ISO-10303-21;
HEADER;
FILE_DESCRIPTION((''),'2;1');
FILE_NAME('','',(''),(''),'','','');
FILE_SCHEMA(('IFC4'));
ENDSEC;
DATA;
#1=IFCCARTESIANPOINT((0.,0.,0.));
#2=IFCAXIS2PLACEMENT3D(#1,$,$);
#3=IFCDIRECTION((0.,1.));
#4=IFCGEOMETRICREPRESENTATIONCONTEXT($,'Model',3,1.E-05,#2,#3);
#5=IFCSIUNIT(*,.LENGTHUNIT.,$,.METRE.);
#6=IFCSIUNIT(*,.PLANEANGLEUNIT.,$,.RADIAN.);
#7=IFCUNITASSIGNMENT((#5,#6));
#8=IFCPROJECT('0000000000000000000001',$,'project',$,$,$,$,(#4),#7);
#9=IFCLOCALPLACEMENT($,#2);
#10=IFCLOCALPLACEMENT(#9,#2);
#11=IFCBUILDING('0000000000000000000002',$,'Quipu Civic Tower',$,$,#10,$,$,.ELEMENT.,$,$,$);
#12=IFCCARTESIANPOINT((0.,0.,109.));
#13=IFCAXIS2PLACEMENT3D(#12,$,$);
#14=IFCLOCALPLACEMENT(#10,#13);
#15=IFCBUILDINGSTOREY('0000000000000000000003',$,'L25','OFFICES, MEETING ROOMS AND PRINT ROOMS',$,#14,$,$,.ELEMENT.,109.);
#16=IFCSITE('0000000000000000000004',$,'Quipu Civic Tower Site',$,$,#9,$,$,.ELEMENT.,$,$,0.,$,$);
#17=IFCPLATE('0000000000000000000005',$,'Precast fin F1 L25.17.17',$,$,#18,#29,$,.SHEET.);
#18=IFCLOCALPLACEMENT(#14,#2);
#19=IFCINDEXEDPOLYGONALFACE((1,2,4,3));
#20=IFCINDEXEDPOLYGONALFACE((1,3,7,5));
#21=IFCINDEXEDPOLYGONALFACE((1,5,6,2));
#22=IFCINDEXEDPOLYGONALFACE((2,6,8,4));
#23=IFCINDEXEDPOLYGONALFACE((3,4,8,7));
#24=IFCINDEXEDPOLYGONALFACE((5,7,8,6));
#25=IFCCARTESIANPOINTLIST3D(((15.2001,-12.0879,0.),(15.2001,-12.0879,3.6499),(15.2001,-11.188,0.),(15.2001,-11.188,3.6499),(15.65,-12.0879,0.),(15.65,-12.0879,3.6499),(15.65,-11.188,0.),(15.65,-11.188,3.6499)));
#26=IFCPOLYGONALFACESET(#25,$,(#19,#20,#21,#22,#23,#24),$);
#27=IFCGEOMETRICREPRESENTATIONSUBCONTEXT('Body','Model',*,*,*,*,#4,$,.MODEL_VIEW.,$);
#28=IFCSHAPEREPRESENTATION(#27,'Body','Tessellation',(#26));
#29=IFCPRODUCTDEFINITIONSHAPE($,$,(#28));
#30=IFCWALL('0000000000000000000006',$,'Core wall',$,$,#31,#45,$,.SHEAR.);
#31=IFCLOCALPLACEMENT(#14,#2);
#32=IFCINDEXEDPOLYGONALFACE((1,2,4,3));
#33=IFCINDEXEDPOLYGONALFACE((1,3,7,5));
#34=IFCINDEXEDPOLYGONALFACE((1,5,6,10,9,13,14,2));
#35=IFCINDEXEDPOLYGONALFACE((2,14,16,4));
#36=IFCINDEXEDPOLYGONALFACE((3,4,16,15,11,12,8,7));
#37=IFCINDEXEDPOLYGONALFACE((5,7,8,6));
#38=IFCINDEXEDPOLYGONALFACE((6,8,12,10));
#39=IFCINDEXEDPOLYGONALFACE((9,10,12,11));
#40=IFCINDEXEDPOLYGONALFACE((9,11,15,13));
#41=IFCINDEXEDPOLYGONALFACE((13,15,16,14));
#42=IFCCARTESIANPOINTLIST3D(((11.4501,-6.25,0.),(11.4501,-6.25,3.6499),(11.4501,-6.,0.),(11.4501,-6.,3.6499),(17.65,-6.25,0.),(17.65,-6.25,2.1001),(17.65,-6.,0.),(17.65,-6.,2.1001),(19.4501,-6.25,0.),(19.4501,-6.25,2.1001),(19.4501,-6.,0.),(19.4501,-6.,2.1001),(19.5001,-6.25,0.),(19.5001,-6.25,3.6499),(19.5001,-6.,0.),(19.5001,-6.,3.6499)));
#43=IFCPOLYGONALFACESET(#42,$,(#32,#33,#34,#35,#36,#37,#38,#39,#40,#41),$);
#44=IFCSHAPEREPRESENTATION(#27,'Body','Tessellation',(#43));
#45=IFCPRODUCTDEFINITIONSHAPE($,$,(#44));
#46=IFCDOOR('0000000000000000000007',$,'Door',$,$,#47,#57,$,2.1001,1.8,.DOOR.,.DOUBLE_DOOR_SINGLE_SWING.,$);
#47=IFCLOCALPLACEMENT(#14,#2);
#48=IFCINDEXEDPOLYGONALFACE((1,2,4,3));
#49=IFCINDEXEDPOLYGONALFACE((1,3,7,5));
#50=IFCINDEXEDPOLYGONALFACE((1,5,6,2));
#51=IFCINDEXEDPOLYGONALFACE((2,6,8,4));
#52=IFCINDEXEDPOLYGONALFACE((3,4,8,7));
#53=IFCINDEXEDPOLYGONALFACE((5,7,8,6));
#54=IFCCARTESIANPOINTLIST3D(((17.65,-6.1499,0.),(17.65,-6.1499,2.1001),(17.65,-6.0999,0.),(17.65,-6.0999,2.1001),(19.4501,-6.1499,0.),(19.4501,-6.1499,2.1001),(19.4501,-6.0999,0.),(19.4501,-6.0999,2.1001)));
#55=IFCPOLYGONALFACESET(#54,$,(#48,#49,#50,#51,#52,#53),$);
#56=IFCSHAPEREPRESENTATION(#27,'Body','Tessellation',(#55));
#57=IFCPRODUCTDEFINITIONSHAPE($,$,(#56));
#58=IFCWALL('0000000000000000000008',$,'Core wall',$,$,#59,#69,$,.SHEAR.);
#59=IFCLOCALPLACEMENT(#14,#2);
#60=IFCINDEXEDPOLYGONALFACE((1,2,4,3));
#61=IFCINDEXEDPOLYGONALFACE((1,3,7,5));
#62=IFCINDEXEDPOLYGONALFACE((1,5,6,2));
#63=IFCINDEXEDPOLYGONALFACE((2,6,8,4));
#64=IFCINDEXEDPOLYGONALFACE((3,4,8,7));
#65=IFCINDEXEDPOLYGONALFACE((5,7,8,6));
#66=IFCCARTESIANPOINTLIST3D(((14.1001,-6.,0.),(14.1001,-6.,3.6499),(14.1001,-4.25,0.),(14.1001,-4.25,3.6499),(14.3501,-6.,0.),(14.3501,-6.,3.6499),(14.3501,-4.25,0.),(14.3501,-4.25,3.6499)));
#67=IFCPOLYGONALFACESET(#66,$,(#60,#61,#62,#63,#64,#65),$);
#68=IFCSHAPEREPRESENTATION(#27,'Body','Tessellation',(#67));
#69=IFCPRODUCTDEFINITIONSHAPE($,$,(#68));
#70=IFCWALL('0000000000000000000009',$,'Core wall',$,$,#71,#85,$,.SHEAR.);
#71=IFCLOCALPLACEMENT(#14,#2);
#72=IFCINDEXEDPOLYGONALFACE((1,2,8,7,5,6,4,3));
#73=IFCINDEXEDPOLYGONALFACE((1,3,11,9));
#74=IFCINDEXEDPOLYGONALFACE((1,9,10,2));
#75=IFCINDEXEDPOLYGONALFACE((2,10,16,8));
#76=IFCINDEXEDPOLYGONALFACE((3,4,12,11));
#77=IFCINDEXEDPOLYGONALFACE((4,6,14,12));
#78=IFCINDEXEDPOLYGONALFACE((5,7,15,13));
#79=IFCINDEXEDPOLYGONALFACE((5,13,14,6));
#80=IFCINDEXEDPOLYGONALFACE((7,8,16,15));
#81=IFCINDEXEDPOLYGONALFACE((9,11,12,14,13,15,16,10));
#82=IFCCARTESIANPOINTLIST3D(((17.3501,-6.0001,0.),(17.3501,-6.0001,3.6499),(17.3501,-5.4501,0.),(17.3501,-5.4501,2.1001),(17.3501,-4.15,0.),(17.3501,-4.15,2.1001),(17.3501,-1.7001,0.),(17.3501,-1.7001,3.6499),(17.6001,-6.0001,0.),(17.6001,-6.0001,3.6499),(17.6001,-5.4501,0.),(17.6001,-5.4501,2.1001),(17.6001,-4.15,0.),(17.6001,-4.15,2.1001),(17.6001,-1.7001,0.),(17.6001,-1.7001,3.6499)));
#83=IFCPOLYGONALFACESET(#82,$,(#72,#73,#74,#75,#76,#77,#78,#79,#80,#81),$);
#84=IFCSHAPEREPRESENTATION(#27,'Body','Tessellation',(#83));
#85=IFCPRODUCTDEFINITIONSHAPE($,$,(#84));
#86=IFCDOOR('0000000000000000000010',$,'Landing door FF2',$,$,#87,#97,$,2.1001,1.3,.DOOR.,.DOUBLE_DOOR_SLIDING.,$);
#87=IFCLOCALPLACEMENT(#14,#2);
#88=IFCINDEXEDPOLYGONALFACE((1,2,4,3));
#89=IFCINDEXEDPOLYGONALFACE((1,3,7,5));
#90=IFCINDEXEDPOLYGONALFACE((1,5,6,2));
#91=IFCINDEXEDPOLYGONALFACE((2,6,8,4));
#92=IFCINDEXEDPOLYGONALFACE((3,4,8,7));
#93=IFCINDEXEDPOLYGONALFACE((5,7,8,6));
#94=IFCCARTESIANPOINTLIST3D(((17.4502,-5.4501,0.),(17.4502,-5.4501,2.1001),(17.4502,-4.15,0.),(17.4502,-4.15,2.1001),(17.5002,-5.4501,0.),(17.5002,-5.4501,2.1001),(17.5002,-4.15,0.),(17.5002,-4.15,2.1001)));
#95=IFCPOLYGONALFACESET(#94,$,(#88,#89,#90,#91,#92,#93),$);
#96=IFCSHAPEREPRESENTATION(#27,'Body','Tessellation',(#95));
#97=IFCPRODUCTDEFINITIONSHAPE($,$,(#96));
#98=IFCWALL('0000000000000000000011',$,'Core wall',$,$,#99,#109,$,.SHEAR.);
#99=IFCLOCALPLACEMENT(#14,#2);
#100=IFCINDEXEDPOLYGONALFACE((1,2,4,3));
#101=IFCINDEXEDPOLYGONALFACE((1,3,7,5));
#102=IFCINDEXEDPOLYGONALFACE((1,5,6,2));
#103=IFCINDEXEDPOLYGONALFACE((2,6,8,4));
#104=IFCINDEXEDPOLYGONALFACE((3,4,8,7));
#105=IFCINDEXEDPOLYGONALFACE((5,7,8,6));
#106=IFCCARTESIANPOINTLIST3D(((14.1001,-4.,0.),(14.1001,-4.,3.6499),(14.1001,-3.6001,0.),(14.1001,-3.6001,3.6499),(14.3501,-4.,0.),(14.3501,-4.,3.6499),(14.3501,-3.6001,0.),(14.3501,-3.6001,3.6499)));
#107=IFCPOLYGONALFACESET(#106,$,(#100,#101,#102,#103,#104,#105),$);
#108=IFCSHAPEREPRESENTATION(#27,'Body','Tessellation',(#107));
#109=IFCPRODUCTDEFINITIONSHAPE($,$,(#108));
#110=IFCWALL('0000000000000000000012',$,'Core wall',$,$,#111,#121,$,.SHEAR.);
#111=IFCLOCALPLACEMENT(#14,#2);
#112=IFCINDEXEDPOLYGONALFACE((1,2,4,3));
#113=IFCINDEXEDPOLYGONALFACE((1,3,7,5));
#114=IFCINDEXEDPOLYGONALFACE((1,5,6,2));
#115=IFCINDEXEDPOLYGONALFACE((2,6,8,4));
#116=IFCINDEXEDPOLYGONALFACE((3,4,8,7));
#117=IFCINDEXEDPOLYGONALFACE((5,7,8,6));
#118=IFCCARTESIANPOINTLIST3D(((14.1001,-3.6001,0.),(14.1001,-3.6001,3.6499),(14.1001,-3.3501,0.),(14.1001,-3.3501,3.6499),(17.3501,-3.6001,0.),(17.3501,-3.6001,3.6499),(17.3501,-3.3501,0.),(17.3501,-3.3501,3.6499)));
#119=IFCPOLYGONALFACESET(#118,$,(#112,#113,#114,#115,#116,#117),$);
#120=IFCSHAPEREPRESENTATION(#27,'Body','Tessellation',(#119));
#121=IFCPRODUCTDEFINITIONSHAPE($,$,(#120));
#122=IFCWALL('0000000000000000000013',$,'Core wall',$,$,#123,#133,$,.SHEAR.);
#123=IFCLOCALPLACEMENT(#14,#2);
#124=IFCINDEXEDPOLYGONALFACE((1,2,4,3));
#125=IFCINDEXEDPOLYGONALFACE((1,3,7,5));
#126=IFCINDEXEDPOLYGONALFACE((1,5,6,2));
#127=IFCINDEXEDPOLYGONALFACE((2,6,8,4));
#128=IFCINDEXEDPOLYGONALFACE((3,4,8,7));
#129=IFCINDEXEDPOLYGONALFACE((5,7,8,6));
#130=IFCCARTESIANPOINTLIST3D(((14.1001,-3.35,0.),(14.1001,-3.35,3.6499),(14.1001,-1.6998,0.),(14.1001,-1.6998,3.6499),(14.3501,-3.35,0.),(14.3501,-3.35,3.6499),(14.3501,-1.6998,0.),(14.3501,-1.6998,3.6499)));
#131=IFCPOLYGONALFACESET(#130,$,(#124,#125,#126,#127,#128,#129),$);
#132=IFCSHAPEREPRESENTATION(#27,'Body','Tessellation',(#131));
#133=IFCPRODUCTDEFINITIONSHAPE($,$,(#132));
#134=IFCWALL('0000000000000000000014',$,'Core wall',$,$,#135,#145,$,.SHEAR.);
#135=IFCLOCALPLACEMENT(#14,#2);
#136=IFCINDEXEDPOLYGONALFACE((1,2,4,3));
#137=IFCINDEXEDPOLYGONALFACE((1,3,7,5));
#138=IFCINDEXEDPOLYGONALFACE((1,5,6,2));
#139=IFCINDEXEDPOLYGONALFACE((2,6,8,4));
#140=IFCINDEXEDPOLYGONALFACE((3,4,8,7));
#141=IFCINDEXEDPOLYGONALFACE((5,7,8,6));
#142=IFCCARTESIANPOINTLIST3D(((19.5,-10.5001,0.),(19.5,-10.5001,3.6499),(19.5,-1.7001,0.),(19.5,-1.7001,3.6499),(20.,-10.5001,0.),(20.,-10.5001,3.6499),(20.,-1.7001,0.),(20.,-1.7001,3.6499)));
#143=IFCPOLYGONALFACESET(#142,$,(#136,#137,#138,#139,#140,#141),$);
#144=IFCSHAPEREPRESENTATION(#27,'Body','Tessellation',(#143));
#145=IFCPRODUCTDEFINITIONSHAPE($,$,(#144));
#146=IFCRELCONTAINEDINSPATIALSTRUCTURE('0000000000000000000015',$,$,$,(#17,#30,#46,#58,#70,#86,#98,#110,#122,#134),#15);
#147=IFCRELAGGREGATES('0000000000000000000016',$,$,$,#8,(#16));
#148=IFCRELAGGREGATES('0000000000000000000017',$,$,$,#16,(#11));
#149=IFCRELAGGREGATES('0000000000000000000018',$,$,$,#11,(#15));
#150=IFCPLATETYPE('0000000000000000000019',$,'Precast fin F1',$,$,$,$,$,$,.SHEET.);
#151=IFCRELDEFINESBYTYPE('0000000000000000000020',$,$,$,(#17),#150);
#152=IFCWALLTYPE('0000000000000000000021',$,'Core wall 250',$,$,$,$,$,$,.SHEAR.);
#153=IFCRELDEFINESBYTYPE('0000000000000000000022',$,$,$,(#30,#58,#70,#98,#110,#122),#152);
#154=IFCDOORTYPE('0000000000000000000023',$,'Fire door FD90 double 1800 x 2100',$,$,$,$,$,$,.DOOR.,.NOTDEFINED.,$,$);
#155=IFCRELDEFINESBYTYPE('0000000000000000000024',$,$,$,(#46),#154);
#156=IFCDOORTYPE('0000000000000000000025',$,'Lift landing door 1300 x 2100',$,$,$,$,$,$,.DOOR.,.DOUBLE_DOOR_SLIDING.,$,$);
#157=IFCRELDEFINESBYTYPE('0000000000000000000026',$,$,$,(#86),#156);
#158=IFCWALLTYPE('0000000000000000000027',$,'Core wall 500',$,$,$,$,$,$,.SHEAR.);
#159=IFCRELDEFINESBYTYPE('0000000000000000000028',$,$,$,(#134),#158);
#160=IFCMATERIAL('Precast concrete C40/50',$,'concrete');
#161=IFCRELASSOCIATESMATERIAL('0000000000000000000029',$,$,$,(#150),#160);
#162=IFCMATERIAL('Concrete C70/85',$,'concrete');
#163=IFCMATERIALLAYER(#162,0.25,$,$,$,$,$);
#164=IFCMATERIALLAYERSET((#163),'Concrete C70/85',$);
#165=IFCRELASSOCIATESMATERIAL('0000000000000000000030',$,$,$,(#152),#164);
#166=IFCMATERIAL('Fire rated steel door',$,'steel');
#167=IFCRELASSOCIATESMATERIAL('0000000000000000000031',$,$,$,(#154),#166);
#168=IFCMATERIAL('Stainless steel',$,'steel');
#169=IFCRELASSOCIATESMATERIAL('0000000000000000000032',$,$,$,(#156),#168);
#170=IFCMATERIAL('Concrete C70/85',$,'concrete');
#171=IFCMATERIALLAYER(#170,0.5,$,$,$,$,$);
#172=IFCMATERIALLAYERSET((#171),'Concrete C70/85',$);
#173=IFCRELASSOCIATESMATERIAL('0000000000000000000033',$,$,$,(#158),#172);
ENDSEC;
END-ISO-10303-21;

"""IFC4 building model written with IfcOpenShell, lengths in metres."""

from ifc_helpers import new_model, si_unit, direction, frame, frame_2d, origin, origin_2d, place, context, subcontext, project, spatial, rectangle, extrude, material, layer, layer_set, type_object, element, fill, save


model = new_model("IFC4")

# Units and contexts
model_context = context("Model", 3, precision=1e-05, world=origin(), true_north=direction((0.0, 1.0)))
body_context = subcontext(model_context, "Body", "Model", "MODEL_VIEW")
ifc_project = project(units=[si_unit("LENGTHUNIT", "METRE"), si_unit("PLANEANGLEUNIT", "RADIAN")], contexts=[model_context])

# Site, building, storey
site_placement = place(None, origin())
site = spatial("IfcSite", under=ifc_project, at=site_placement, Name="Quipu Civic Tower Site", CompositionType="ELEMENT", RefElevation=0.0)
building_placement = place(site_placement, origin())
building = spatial("IfcBuilding", under=site, at=building_placement, Name="Quipu Civic Tower", CompositionType="ELEMENT")
storey_placement = place(building_placement, frame((0.0, 0.0, 109.0)))
storey = spatial("IfcBuildingStorey", under=building, at=storey_placement, Name="L25", Description="OFFICES, MEETING ROOMS AND PRINT ROOMS", CompositionType="ELEMENT", Elevation=109.0)

# Plate
ifc_material_1 = material(Name="Precast concrete C40/50", Category="concrete")
plate_type = type_object("IfcPlateType", Name="Precast fin F1", PredefinedType="SHEET", material=ifc_material_1)
plate_placement = place(storey_placement, frame((15.425, -11.6379, 0.0), z_axis=(0.0, 0.0, 1.0), x_axis=(1.0, 0.0, 0.0)))
element("IfcPlate", 1, at=plate_placement, inside=storey, type_object=plate_type, Name="Precast fin F1 L25.17.17", PredefinedType="SHEET", context=body_context, shape_type="SweptSolid", body=[
    extrude(rectangle(XDim=0.45, YDim=0.8999, at=origin_2d()), origin(), (0.0, 0.0, 1.0), 3.6499),
])

# Wall, opening, door
ifc_material_2 = material(Name="Concrete C70/85", Category="concrete")
ifc_layer_1 = layer(ifc_material_2, 0.25)
ifc_layer_set_1 = layer_set([ifc_layer_1], Name="Concrete C70/85")
wall_type_1 = type_object("IfcWallType", Name="Core wall 250", PredefinedType="SHEAR", material=ifc_layer_set_1)
wall_1_placement = place(storey_placement, frame((19.5, -6.125, 0.0), z_axis=(0.0, 0.0, 1.0), x_axis=(-1.0, 0.0, 0.0)))
wall_1 = element("IfcWall", 2, at=wall_1_placement, inside=storey, type_object=wall_type_1, Name="Core wall", PredefinedType="SHEAR", context=body_context, shape_type="SweptSolid", body=[
    extrude(rectangle(XDim=8.05, YDim=0.25, at=frame_2d((4.0249, 0.0))), origin(), (0.0, 0.0, 1.0), 3.6499),
])
opening_1_placement = place(wall_1_placement, frame((0.05, 0.0, 0.0)))
opening_1 = element("IfcOpeningElement", 3, at=opening_1_placement, cuts=wall_1, PredefinedType="OPENING", context=body_context, shape_type="SweptSolid", body=[
    extrude(rectangle(XDim=1.8, YDim=2.1001, at=frame_2d((0.8999, 1.05))), frame((0.0, 0.135, 0.0), z_axis=(0.0, -1.0, 0.0), x_axis=(1.0, 0.0, 0.0)), (0.0, 0.0, 1.0), 0.27),
])
ifc_material_3 = material(Name="Fire rated steel door", Category="steel")
door_type_1 = type_object("IfcDoorType", Name="Fire door FD90 double 1800 x 2100", OperationType="NOTDEFINED", PredefinedType="DOOR", material=ifc_material_3)
door_1_placement = place(opening_1_placement, origin())
door_1 = element("IfcDoor", 4, at=door_1_placement, inside=storey, type_object=door_type_1, Name="Door", OperationType="DOUBLE_DOOR_SINGLE_SWING", OverallHeight=2.1001, OverallWidth=1.8, PredefinedType="DOOR", context=body_context, shape_type="SweptSolid", body=[
    extrude(rectangle(XDim=1.8, YDim=2.1001, at=frame_2d((0.8999, 1.05))), frame((0.0, 0.0249, 0.0), z_axis=(0.0, -1.0, 0.0), x_axis=(1.0, 0.0, 0.0)), (0.0, 0.0, 1.0), 0.05),
])
fill(opening_1, door_1)

# Wall
wall_2_placement = place(storey_placement, frame((14.2251, -6.0, 0.0), z_axis=(0.0, 0.0, 1.0), x_axis=(0.0, 1.0, 0.0)))
element("IfcWall", 5, at=wall_2_placement, inside=storey, type_object=wall_type_1, Name="Core wall", PredefinedType="SHEAR", context=body_context, shape_type="SweptSolid", body=[
    extrude(rectangle(XDim=1.75, YDim=0.25, at=frame_2d((0.875, 0.0))), origin(), (0.0, 0.0, 1.0), 3.6499),
])

# Wall, opening, door
wall_3_placement = place(storey_placement, frame((17.4751, -6.0, 0.0), z_axis=(0.0, 0.0, 1.0), x_axis=(0.0, 1.0, 0.0)))
wall_3 = element("IfcWall", 6, at=wall_3_placement, inside=storey, type_object=wall_type_1, Name="Core wall", PredefinedType="SHEAR", context=body_context, shape_type="SweptSolid", body=[
    extrude(rectangle(XDim=4.3, YDim=0.25, at=frame_2d((2.1499, 0.0))), origin(), (0.0, 0.0, 1.0), 3.6499),
])
opening_2_placement = place(wall_3_placement, frame((0.55, 0.0, 0.0)))
opening_2 = element("IfcOpeningElement", 7, at=opening_2_placement, cuts=wall_3, PredefinedType="OPENING", context=body_context, shape_type="SweptSolid", body=[
    extrude(rectangle(XDim=1.3, YDim=2.1001, at=frame_2d((0.6499, 1.05))), frame((0.0, 0.135, 0.0), z_axis=(0.0, -1.0, 0.0), x_axis=(1.0, 0.0, 0.0)), (0.0, 0.0, 1.0), 0.27),
])
ifc_material_4 = material(Name="Stainless steel", Category="steel")
door_type_2 = type_object("IfcDoorType", Name="Lift landing door 1300 x 2100", OperationType="DOUBLE_DOOR_SLIDING", PredefinedType="DOOR", material=ifc_material_4)
door_2_placement = place(opening_2_placement, origin())
door_2 = element("IfcDoor", 8, at=door_2_placement, inside=storey, type_object=door_type_2, Name="Landing door FF2", OperationType="DOUBLE_DOOR_SLIDING", OverallHeight=2.1001, OverallWidth=1.3, PredefinedType="DOOR", context=body_context, shape_type="SweptSolid", body=[
    extrude(rectangle(XDim=1.3, YDim=2.1001, at=frame_2d((0.6499, 1.05))), frame((0.0, 0.0249, 0.0), z_axis=(0.0, -1.0, 0.0), x_axis=(1.0, 0.0, 0.0)), (0.0, 0.0, 1.0), 0.05),
])
fill(opening_2, door_2)

# Walls
wall_4_placement = place(storey_placement, frame((14.2251, -4.0, 0.0), z_axis=(0.0, 0.0, 1.0), x_axis=(0.0, 1.0, 0.0)))
element("IfcWall", 9, at=wall_4_placement, inside=storey, type_object=wall_type_1, Name="Core wall", PredefinedType="SHEAR", context=body_context, shape_type="SweptSolid", body=[
    extrude(rectangle(XDim=0.3999, YDim=0.25, at=frame_2d((0.2, 0.0))), origin(), (0.0, 0.0, 1.0), 3.6499),
])
wall_5_placement = place(storey_placement, frame((14.1001, -3.4751, 0.0), z_axis=(0.0, 0.0, 1.0), x_axis=(1.0, 0.0, 0.0)))
element("IfcWall", 10, at=wall_5_placement, inside=storey, type_object=wall_type_1, Name="Core wall", PredefinedType="SHEAR", context=body_context, shape_type="SweptSolid", body=[
    extrude(rectangle(XDim=3.25, YDim=0.25, at=frame_2d((1.625, 0.0))), origin(), (0.0, 0.0, 1.0), 3.6499),
])
wall_6_placement = place(storey_placement, frame((14.2251, -3.3501, 0.0), z_axis=(0.0, 0.0, 1.0), x_axis=(0.0, 1.0, 0.0)))
element("IfcWall", 11, at=wall_6_placement, inside=storey, type_object=wall_type_1, Name="Core wall", PredefinedType="SHEAR", context=body_context, shape_type="SweptSolid", body=[
    extrude(rectangle(XDim=1.6501, YDim=0.25, at=frame_2d((0.8252, 0.0))), origin(), (0.0, 0.0, 1.0), 3.6499),
])
ifc_material_5 = material(Name="Concrete C70/85", Category="concrete")
ifc_layer_2 = layer(ifc_material_5, 0.5)
ifc_layer_set_2 = layer_set([ifc_layer_2], Name="Concrete C70/85")
wall_type_2 = type_object("IfcWallType", Name="Core wall 500", PredefinedType="SHEAR", material=ifc_layer_set_2)
wall_7_placement = place(storey_placement, frame((19.75, -10.5, 0.0), z_axis=(0.0, 0.0, 1.0), x_axis=(0.0, 1.0, 0.0)))
element("IfcWall", 12, at=wall_7_placement, inside=storey, type_object=wall_type_2, Name="Core wall", PredefinedType="SHEAR", context=body_context, shape_type="SweptSolid", body=[
    extrude(rectangle(XDim=8.8, YDim=0.5, at=frame_2d((4.3999, 0.0))), origin(), (0.0, 0.0, 1.0), 3.6499),
])

save(model, "model.ifc")
